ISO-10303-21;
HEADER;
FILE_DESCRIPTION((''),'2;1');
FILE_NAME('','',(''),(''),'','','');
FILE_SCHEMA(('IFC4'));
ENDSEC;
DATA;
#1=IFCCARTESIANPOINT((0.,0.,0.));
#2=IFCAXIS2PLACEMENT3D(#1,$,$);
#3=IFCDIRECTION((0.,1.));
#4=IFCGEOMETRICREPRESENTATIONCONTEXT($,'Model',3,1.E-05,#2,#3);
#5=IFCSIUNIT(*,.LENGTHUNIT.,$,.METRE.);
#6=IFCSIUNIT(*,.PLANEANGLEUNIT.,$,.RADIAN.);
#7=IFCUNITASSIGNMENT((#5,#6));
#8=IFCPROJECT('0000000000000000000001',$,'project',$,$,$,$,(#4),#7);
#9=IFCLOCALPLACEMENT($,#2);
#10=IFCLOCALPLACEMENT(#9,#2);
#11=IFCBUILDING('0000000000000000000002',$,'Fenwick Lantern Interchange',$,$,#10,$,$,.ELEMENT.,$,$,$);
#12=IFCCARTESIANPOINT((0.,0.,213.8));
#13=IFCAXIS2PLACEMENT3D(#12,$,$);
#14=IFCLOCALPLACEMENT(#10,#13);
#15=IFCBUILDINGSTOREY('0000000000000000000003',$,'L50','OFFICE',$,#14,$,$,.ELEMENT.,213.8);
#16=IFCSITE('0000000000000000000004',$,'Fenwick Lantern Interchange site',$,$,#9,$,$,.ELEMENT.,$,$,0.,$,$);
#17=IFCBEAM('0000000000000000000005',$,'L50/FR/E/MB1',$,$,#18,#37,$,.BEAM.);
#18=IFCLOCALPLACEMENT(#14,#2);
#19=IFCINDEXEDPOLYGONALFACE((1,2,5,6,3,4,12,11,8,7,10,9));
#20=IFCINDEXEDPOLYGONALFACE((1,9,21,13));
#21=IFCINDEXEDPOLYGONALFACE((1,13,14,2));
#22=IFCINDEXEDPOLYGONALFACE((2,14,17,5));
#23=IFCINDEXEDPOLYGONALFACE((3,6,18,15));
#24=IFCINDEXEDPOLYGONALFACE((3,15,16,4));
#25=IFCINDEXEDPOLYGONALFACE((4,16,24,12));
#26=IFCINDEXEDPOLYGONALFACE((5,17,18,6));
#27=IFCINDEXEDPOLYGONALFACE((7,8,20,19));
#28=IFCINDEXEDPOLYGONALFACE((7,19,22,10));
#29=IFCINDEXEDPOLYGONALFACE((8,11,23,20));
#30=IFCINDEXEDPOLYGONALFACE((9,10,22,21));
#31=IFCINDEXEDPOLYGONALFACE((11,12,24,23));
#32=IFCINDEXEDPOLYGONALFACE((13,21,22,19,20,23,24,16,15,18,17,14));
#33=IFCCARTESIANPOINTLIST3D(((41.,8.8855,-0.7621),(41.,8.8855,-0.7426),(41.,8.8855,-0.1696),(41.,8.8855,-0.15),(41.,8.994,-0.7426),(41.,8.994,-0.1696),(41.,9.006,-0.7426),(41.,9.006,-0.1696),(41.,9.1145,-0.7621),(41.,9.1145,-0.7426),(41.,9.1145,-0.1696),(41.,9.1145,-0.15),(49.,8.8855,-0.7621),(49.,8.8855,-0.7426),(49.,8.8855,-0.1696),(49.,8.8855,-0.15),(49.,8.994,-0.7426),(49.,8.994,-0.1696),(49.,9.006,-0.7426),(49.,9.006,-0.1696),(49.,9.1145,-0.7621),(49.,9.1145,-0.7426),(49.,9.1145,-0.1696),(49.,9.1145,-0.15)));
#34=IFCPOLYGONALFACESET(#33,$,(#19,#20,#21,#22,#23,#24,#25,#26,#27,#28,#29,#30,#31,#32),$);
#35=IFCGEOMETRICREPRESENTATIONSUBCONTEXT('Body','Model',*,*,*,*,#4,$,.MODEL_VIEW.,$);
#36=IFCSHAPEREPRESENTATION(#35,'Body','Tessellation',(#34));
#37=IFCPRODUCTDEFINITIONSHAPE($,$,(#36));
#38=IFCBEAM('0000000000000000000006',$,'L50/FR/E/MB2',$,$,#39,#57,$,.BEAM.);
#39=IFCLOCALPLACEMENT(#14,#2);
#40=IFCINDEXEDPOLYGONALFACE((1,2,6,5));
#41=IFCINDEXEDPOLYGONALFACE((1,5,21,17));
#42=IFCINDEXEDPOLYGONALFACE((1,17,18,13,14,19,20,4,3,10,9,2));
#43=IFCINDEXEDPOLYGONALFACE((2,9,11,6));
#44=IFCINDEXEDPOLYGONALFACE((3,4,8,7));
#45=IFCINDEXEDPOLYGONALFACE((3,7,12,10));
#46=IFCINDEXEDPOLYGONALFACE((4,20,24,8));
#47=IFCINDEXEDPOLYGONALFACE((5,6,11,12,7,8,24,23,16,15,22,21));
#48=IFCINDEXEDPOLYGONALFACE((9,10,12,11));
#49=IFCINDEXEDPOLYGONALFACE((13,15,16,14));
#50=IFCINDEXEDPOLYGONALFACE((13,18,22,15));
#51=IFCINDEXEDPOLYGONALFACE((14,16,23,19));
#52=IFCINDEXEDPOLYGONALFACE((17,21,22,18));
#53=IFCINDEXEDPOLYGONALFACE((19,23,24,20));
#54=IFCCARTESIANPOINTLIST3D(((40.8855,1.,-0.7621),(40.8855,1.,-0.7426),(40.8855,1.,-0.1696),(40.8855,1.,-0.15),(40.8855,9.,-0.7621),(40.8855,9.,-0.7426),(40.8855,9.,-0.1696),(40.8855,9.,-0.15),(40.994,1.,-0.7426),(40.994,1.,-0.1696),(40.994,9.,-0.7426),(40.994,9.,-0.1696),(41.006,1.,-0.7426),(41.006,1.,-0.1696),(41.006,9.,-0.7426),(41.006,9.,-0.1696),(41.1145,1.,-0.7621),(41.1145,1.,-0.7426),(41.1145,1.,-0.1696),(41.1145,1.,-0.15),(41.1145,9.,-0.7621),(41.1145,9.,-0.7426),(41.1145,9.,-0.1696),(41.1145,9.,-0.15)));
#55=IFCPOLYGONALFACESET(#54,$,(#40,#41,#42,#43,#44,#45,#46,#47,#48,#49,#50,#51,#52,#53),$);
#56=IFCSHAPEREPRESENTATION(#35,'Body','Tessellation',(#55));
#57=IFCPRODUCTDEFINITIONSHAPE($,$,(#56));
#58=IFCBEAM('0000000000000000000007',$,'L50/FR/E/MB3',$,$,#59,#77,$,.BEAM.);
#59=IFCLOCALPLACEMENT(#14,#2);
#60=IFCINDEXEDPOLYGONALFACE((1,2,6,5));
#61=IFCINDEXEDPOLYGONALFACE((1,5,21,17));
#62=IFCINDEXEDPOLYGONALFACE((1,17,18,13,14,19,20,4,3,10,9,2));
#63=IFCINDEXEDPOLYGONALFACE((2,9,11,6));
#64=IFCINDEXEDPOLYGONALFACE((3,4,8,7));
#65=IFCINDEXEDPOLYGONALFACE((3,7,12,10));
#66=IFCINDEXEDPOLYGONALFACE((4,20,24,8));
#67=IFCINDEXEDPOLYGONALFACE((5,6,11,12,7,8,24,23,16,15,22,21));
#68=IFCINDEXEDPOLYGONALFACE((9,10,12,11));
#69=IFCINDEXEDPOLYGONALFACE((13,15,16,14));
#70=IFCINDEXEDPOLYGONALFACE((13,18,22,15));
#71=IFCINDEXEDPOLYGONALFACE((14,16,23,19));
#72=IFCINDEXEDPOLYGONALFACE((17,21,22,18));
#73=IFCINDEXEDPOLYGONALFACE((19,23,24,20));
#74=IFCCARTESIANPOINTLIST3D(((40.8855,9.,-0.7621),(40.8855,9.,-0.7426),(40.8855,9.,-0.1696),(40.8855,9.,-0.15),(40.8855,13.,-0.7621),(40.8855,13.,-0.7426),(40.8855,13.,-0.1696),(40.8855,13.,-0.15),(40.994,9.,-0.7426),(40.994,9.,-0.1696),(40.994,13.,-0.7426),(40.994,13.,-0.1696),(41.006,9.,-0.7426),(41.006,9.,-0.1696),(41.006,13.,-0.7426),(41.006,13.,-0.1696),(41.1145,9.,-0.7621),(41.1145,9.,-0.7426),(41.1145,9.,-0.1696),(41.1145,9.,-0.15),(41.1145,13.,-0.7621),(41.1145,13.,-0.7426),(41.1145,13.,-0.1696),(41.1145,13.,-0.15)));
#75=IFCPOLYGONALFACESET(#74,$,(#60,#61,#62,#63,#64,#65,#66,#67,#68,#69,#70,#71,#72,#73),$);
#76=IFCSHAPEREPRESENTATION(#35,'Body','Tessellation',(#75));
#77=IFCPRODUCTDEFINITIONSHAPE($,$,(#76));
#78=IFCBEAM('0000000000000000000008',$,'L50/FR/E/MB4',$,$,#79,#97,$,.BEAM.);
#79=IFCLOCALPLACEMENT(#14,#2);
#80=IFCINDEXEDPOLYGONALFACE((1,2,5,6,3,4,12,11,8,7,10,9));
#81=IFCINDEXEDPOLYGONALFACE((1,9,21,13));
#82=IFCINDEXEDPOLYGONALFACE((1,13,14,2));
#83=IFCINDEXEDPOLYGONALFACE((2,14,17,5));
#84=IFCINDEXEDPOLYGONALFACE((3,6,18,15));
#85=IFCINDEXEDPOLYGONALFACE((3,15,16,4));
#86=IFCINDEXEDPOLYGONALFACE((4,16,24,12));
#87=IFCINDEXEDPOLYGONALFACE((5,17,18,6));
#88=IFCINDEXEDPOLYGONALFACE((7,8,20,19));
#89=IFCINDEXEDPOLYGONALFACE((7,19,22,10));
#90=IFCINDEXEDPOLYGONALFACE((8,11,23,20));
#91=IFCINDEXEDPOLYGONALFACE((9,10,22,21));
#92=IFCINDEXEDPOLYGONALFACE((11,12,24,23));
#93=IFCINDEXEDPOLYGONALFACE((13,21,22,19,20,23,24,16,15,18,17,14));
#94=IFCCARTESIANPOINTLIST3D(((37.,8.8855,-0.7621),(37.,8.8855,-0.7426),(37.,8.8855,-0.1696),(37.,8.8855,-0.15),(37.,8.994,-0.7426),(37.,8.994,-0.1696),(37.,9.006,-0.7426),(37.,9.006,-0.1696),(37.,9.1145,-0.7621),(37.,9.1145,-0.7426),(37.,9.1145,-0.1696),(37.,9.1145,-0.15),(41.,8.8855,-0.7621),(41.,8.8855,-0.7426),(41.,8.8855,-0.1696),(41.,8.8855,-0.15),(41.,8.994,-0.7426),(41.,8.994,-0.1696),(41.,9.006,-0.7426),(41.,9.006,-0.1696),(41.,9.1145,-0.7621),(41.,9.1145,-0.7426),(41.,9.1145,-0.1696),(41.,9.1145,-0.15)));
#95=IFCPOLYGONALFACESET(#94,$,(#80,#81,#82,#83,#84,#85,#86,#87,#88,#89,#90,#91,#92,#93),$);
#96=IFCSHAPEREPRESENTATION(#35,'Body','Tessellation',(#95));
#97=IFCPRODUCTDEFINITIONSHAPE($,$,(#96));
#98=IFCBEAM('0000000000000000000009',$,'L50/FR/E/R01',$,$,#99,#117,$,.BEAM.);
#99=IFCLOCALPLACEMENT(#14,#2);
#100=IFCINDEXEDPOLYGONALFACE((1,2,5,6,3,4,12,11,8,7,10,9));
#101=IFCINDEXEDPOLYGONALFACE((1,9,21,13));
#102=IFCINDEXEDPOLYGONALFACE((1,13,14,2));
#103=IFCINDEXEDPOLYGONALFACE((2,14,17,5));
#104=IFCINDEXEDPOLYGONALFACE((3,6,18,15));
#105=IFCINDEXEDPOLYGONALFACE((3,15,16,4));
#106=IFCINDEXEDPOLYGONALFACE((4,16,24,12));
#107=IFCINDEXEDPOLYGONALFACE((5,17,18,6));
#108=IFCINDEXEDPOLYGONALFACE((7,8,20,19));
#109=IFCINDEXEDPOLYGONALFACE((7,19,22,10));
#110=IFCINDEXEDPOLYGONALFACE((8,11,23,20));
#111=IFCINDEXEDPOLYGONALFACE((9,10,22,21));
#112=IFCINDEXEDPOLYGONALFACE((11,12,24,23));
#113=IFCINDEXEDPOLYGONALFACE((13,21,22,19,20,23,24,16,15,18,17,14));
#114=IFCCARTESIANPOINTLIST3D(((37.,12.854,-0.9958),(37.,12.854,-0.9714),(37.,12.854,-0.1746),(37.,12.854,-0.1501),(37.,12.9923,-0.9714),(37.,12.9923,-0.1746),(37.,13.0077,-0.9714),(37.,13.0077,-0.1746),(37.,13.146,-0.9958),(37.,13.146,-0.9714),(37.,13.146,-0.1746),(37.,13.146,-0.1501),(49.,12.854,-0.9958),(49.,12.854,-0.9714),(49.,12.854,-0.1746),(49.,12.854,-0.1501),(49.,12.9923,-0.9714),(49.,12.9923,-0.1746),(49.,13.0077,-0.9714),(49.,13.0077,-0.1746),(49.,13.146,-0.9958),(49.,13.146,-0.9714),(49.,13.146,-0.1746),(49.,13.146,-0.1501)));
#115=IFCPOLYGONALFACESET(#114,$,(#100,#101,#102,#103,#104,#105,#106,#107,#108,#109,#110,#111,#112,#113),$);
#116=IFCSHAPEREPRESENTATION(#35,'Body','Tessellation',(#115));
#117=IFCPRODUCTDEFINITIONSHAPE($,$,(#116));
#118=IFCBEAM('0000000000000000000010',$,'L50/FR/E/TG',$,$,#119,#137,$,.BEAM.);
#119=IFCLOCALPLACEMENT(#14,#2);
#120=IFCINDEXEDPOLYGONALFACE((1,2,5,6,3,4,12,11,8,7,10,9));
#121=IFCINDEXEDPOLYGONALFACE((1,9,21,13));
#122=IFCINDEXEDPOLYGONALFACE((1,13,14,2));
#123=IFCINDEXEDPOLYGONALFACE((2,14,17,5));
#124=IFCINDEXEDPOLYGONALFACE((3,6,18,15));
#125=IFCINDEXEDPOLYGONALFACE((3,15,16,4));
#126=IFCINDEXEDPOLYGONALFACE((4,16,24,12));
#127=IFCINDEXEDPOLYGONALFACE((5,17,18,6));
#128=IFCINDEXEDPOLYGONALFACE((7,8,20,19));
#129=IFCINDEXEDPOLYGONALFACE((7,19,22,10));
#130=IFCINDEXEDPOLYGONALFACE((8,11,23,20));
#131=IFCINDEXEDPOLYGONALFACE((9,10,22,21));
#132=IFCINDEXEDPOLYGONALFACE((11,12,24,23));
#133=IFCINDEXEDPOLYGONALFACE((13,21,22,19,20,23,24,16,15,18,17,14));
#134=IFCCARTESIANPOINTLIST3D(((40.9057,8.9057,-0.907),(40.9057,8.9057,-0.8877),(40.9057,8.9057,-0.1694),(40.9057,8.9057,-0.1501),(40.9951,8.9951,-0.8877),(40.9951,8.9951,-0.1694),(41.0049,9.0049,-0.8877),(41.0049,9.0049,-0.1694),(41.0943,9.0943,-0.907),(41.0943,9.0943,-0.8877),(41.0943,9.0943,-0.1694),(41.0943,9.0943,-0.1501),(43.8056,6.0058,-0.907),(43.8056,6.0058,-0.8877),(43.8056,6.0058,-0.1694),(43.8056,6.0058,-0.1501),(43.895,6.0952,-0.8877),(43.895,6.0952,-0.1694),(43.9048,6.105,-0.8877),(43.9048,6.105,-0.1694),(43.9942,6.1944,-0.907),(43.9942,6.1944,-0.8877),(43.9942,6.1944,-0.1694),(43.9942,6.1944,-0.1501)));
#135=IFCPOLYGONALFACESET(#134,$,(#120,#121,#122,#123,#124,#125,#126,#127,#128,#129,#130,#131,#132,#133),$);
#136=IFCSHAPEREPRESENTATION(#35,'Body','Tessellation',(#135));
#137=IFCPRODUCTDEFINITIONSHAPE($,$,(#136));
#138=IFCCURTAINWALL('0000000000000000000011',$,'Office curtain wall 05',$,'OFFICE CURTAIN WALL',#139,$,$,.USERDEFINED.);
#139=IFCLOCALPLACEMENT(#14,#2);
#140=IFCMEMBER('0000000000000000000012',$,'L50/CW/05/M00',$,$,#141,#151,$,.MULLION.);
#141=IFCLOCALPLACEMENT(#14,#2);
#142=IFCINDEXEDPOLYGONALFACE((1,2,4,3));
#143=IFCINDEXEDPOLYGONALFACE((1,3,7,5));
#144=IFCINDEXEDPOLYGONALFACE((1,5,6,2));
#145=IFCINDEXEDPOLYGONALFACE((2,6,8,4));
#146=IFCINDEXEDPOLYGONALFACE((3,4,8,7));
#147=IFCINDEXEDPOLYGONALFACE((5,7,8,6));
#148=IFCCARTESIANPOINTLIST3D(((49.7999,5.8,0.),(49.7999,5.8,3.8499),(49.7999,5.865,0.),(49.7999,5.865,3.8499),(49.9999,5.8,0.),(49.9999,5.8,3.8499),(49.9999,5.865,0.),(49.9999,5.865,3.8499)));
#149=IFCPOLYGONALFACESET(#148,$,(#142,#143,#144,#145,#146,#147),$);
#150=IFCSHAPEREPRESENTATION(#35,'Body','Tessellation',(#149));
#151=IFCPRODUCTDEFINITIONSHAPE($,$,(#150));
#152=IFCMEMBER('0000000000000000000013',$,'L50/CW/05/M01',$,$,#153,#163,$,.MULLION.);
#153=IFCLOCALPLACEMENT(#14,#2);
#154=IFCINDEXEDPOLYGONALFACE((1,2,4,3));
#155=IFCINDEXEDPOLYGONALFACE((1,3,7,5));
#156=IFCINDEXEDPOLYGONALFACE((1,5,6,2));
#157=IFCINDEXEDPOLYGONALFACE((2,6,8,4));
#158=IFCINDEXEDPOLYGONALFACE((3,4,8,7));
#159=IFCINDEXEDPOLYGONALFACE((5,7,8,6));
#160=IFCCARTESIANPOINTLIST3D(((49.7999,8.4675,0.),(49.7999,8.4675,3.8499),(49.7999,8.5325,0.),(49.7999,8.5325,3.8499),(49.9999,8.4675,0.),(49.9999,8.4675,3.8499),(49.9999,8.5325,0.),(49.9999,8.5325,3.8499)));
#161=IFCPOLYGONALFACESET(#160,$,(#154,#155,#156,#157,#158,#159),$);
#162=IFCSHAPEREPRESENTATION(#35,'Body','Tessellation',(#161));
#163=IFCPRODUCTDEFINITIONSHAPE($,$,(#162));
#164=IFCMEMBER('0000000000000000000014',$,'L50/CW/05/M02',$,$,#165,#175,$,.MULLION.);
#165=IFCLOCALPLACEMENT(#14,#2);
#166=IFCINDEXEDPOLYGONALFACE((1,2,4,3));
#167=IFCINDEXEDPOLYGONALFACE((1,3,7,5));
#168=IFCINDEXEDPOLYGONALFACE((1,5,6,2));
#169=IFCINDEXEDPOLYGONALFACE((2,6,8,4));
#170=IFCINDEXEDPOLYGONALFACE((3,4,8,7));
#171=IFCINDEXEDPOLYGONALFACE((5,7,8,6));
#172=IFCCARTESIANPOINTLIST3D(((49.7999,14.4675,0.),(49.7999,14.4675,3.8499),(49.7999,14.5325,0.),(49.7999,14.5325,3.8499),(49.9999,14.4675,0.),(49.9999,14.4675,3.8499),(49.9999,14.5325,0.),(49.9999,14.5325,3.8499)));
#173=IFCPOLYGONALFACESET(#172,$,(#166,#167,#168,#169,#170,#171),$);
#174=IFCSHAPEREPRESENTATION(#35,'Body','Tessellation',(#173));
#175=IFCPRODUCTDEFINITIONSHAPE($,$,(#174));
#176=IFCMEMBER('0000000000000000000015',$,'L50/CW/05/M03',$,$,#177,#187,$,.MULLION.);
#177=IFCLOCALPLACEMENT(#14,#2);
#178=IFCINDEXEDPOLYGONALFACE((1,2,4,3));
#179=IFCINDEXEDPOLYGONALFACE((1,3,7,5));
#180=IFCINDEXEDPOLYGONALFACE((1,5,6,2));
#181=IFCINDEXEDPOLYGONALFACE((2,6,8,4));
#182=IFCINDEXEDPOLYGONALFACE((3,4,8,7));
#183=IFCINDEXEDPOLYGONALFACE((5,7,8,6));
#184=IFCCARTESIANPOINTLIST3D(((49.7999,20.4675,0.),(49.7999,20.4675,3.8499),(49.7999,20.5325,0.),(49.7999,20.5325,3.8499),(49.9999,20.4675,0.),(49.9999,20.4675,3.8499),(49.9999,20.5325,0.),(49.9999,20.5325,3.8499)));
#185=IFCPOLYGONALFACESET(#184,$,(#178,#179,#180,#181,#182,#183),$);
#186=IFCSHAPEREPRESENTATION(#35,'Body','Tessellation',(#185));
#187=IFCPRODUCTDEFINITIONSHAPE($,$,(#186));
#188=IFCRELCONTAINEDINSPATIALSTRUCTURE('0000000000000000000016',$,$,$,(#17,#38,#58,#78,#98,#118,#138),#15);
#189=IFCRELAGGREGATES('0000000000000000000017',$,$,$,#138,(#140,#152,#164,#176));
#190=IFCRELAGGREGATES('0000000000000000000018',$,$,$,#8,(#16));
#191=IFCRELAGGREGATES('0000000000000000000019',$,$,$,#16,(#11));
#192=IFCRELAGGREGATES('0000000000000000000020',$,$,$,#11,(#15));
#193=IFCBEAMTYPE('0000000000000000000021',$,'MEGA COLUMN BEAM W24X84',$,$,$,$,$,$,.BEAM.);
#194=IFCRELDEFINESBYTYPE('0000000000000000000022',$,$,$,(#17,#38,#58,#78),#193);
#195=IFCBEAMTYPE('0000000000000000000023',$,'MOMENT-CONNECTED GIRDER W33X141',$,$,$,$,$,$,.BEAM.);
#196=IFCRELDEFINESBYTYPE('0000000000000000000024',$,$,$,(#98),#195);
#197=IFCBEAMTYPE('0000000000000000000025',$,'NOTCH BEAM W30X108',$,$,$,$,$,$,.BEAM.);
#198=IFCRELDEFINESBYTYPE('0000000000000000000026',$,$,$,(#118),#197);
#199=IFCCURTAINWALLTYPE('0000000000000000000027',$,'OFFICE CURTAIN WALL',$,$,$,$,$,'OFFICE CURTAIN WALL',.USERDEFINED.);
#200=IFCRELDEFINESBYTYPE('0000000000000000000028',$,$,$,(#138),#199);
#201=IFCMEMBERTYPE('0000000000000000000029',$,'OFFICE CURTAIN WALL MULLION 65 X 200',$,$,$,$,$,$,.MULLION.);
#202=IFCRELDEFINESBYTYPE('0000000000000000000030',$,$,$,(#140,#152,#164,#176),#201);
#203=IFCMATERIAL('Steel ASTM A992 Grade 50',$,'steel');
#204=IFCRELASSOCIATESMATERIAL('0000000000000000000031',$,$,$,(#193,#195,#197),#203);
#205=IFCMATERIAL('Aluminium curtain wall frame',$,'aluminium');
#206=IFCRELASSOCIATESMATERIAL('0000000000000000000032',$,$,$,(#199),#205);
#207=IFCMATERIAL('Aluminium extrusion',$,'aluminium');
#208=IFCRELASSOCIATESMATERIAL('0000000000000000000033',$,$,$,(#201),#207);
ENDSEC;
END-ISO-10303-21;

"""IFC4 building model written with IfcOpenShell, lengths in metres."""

from ifc_helpers import new_model, si_unit, direction, frame, origin, origin_2d, place, context, subcontext, project, spatial, rectangle, i_section, extrude, material, material_profile, profile_set, type_object, element, aggregate, save


model = new_model("IFC4")

# Units and contexts
model_context = context("Model", 3, precision=1e-05, world=origin(), true_north=direction((0.0, 1.0)))
body_context = subcontext(model_context, "Body", "Model", "MODEL_VIEW")
ifc_project = project(units=[si_unit("LENGTHUNIT", "METRE"), si_unit("PLANEANGLEUNIT", "RADIAN")], contexts=[model_context])

# Site, building, storey
site_placement = place(None, origin())
site = spatial("IfcSite", under=ifc_project, at=site_placement, Name="Fenwick Lantern Interchange site", CompositionType="ELEMENT", RefElevation=0.0)
building_placement = place(site_placement, origin())
building = spatial("IfcBuilding", under=site, at=building_placement, Name="Fenwick Lantern Interchange", CompositionType="ELEMENT")
storey_placement = place(building_placement, frame((0.0, 0.0, 213.8)))
storey = spatial("IfcBuildingStorey", under=building, at=storey_placement, Name="L50", Description="OFFICE", CompositionType="ELEMENT", Elevation=213.8)

# Shared definitions
ifc_material_1 = material(Name="Steel ASTM A992 Grade 50", Category="steel")

# Beams
ifc_material_profile_1 = material_profile(ifc_material_1, i_section(OverallWidth=0.229, OverallDepth=0.6121, WebThickness=0.012, FlangeThickness=0.0195, at=origin_2d()), Name="W24X84")
ifc_profile_set_1 = profile_set([ifc_material_profile_1], Name="Steel ASTM A992 Grade 50")
beam_type_1 = type_object("IfcBeamType", Name="MEGA COLUMN BEAM W24X84", PredefinedType="BEAM", material=ifc_profile_set_1)
for number, where, z_axis, x_axis, name in (
    (1, (41.0, 9.0, -0.4561), (1.0, 0.0, 0.0), (0.0, 1.0, 0.0), "L50/FR/E/MB1"),
    (2, (41.0, 9.0, -0.4561), (0.0, -1.0, 0.0), (1.0, 0.0, 0.0), "L50/FR/E/MB2"),
):
    element("IfcBeam", number, at=place(storey_placement, frame(where, z_axis=z_axis, x_axis=x_axis)), inside=storey, type_object=beam_type_1, Name=name, PredefinedType="BEAM", context=body_context, shape_type="SweptSolid", body=[
        extrude(i_section(OverallWidth=0.229, OverallDepth=0.6121, WebThickness=0.012, FlangeThickness=0.0195, at=origin_2d()), origin(), (0.0, 0.0, 1.0), 8.0),
    ])
for number, where, z_axis, x_axis, name in (
    (3, (41.0, 9.0, -0.4561), (0.0, 1.0, 0.0), (-1.0, 0.0, 0.0), "L50/FR/E/MB3"),
    (4, (41.0, 9.0, -0.4561), (-1.0, 0.0, 0.0), (0.0, -1.0, 0.0), "L50/FR/E/MB4"),
):
    element("IfcBeam", number, at=place(storey_placement, frame(where, z_axis=z_axis, x_axis=x_axis)), inside=storey, type_object=beam_type_1, Name=name, PredefinedType="BEAM", context=body_context, shape_type="SweptSolid", body=[
        extrude(i_section(OverallWidth=0.229, OverallDepth=0.6121, WebThickness=0.012, FlangeThickness=0.0195, at=origin_2d()), origin(), (0.0, 0.0, 1.0), 4.0),
    ])
ifc_material_profile_2 = material_profile(ifc_material_1, i_section(OverallWidth=0.292, OverallDepth=0.8457, WebThickness=0.0154, FlangeThickness=0.0244, at=origin_2d()), Name="W33X141")
ifc_profile_set_2 = profile_set([ifc_material_profile_2], Name="Steel ASTM A992 Grade 50")
beam_type_2 = type_object("IfcBeamType", Name="MOMENT-CONNECTED GIRDER W33X141", PredefinedType="BEAM", material=ifc_profile_set_2)
beam_1_placement = place(storey_placement, frame((49.0, 13.0, -0.573), z_axis=(-1.0, 0.0, 0.0), x_axis=(0.0, -1.0, 0.0)))
element("IfcBeam", 5, at=beam_1_placement, inside=storey, type_object=beam_type_2, Name="L50/FR/E/R01", PredefinedType="BEAM", context=body_context, shape_type="SweptSolid", body=[
    extrude(i_section(OverallWidth=0.292, OverallDepth=0.8457, WebThickness=0.0154, FlangeThickness=0.0244, at=origin_2d()), origin(), (0.0, 0.0, 1.0), 12.0),
])
ifc_material_profile_3 = material_profile(ifc_material_1, i_section(OverallWidth=0.2666, OverallDepth=0.7568, WebThickness=0.0139, FlangeThickness=0.0193, at=origin_2d()), Name="W30X108")
ifc_profile_set_3 = profile_set([ifc_material_profile_3], Name="Steel ASTM A992 Grade 50")
beam_type_3 = type_object("IfcBeamType", Name="NOTCH BEAM W30X108", PredefinedType="BEAM", material=ifc_profile_set_3)
beam_2_placement = place(storey_placement, frame((41.0, 9.0, -0.5286), z_axis=(0.707107, -0.707107, 0.0), x_axis=(0.707107, 0.707107, 0.0)))
element("IfcBeam", 6, at=beam_2_placement, inside=storey, type_object=beam_type_3, Name="L50/FR/E/TG", PredefinedType="BEAM", context=body_context, shape_type="SweptSolid", body=[
    extrude(i_section(OverallWidth=0.2666, OverallDepth=0.7568, WebThickness=0.0139, FlangeThickness=0.0193, at=origin_2d()), origin(), (0.0, 0.0, 1.0), 4.1011),
])

# Curtain wall, members
ifc_material_2 = material(Name="Aluminium curtain wall frame", Category="aluminium")
curtain_wall_type = type_object("IfcCurtainWallType", Name="OFFICE CURTAIN WALL", ElementType="OFFICE CURTAIN WALL", PredefinedType="USERDEFINED", material=ifc_material_2)
curtain_wall_placement = place(storey_placement, origin())
curtain_wall = element("IfcCurtainWall", 7, at=curtain_wall_placement, inside=storey, type_object=curtain_wall_type, Name="Office curtain wall 05", ObjectType="OFFICE CURTAIN WALL", PredefinedType="USERDEFINED")
ifc_material_3 = material(Name="Aluminium extrusion", Category="aluminium")
ifc_material_profile_4 = material_profile(ifc_material_3, rectangle(XDim=0.2, YDim=0.0649, at=origin_2d()), Name="OFFICE CURTAIN WALL MULLION 65 X 200")
ifc_profile_set_4 = profile_set([ifc_material_profile_4], Name="Aluminium extrusion")
member_type_1 = type_object("IfcMemberType", Name="OFFICE CURTAIN WALL MULLION 65 X 200", PredefinedType="MULLION", material=ifc_profile_set_4)
member_1_placement = place(storey_placement, frame((49.8999, 5.8325, 0.0), z_axis=(0.0, 0.0, 1.0), x_axis=(-1.0, 0.0, 0.0)))
member_1 = element("IfcMember", 8, at=member_1_placement, type_object=member_type_1, Name="L50/CW/05/M00", PredefinedType="MULLION", context=body_context, shape_type="SweptSolid", body=[
    extrude(rectangle(XDim=0.2, YDim=0.0649, at=origin_2d()), origin(), (0.0, 0.0, 1.0), 3.8499),
])
member_2_placement = place(storey_placement, frame((49.8999, 8.5, 0.0), z_axis=(0.0, 0.0, 1.0), x_axis=(-1.0, 0.0, 0.0)))
member_2 = element("IfcMember", 9, at=member_2_placement, type_object=member_type_1, Name="L50/CW/05/M01", PredefinedType="MULLION", context=body_context, shape_type="SweptSolid", body=[
    extrude(rectangle(XDim=0.2, YDim=0.0649, at=origin_2d()), origin(), (0.0, 0.0, 1.0), 3.8499),
])
member_3_placement = place(storey_placement, frame((49.8999, 14.5, 0.0), z_axis=(0.0, 0.0, 1.0), x_axis=(-1.0, 0.0, 0.0)))
member_3 = element("IfcMember", 10, at=member_3_placement, type_object=member_type_1, Name="L50/CW/05/M02", PredefinedType="MULLION", context=body_context, shape_type="SweptSolid", body=[
    extrude(rectangle(XDim=0.2, YDim=0.0649, at=origin_2d()), origin(), (0.0, 0.0, 1.0), 3.8499),
])
member_4_placement = place(storey_placement, frame((49.8999, 20.5, 0.0), z_axis=(0.0, 0.0, 1.0), x_axis=(-1.0, 0.0, 0.0)))
member_4 = element("IfcMember", 11, at=member_4_placement, type_object=member_type_1, Name="L50/CW/05/M03", PredefinedType="MULLION", context=body_context, shape_type="SweptSolid", body=[
    extrude(rectangle(XDim=0.2, YDim=0.0649, at=origin_2d()), origin(), (0.0, 0.0, 1.0), 3.8499),
])
aggregate(curtain_wall, [member_1, member_2, member_3, member_4])

save(model, "model.ifc")
